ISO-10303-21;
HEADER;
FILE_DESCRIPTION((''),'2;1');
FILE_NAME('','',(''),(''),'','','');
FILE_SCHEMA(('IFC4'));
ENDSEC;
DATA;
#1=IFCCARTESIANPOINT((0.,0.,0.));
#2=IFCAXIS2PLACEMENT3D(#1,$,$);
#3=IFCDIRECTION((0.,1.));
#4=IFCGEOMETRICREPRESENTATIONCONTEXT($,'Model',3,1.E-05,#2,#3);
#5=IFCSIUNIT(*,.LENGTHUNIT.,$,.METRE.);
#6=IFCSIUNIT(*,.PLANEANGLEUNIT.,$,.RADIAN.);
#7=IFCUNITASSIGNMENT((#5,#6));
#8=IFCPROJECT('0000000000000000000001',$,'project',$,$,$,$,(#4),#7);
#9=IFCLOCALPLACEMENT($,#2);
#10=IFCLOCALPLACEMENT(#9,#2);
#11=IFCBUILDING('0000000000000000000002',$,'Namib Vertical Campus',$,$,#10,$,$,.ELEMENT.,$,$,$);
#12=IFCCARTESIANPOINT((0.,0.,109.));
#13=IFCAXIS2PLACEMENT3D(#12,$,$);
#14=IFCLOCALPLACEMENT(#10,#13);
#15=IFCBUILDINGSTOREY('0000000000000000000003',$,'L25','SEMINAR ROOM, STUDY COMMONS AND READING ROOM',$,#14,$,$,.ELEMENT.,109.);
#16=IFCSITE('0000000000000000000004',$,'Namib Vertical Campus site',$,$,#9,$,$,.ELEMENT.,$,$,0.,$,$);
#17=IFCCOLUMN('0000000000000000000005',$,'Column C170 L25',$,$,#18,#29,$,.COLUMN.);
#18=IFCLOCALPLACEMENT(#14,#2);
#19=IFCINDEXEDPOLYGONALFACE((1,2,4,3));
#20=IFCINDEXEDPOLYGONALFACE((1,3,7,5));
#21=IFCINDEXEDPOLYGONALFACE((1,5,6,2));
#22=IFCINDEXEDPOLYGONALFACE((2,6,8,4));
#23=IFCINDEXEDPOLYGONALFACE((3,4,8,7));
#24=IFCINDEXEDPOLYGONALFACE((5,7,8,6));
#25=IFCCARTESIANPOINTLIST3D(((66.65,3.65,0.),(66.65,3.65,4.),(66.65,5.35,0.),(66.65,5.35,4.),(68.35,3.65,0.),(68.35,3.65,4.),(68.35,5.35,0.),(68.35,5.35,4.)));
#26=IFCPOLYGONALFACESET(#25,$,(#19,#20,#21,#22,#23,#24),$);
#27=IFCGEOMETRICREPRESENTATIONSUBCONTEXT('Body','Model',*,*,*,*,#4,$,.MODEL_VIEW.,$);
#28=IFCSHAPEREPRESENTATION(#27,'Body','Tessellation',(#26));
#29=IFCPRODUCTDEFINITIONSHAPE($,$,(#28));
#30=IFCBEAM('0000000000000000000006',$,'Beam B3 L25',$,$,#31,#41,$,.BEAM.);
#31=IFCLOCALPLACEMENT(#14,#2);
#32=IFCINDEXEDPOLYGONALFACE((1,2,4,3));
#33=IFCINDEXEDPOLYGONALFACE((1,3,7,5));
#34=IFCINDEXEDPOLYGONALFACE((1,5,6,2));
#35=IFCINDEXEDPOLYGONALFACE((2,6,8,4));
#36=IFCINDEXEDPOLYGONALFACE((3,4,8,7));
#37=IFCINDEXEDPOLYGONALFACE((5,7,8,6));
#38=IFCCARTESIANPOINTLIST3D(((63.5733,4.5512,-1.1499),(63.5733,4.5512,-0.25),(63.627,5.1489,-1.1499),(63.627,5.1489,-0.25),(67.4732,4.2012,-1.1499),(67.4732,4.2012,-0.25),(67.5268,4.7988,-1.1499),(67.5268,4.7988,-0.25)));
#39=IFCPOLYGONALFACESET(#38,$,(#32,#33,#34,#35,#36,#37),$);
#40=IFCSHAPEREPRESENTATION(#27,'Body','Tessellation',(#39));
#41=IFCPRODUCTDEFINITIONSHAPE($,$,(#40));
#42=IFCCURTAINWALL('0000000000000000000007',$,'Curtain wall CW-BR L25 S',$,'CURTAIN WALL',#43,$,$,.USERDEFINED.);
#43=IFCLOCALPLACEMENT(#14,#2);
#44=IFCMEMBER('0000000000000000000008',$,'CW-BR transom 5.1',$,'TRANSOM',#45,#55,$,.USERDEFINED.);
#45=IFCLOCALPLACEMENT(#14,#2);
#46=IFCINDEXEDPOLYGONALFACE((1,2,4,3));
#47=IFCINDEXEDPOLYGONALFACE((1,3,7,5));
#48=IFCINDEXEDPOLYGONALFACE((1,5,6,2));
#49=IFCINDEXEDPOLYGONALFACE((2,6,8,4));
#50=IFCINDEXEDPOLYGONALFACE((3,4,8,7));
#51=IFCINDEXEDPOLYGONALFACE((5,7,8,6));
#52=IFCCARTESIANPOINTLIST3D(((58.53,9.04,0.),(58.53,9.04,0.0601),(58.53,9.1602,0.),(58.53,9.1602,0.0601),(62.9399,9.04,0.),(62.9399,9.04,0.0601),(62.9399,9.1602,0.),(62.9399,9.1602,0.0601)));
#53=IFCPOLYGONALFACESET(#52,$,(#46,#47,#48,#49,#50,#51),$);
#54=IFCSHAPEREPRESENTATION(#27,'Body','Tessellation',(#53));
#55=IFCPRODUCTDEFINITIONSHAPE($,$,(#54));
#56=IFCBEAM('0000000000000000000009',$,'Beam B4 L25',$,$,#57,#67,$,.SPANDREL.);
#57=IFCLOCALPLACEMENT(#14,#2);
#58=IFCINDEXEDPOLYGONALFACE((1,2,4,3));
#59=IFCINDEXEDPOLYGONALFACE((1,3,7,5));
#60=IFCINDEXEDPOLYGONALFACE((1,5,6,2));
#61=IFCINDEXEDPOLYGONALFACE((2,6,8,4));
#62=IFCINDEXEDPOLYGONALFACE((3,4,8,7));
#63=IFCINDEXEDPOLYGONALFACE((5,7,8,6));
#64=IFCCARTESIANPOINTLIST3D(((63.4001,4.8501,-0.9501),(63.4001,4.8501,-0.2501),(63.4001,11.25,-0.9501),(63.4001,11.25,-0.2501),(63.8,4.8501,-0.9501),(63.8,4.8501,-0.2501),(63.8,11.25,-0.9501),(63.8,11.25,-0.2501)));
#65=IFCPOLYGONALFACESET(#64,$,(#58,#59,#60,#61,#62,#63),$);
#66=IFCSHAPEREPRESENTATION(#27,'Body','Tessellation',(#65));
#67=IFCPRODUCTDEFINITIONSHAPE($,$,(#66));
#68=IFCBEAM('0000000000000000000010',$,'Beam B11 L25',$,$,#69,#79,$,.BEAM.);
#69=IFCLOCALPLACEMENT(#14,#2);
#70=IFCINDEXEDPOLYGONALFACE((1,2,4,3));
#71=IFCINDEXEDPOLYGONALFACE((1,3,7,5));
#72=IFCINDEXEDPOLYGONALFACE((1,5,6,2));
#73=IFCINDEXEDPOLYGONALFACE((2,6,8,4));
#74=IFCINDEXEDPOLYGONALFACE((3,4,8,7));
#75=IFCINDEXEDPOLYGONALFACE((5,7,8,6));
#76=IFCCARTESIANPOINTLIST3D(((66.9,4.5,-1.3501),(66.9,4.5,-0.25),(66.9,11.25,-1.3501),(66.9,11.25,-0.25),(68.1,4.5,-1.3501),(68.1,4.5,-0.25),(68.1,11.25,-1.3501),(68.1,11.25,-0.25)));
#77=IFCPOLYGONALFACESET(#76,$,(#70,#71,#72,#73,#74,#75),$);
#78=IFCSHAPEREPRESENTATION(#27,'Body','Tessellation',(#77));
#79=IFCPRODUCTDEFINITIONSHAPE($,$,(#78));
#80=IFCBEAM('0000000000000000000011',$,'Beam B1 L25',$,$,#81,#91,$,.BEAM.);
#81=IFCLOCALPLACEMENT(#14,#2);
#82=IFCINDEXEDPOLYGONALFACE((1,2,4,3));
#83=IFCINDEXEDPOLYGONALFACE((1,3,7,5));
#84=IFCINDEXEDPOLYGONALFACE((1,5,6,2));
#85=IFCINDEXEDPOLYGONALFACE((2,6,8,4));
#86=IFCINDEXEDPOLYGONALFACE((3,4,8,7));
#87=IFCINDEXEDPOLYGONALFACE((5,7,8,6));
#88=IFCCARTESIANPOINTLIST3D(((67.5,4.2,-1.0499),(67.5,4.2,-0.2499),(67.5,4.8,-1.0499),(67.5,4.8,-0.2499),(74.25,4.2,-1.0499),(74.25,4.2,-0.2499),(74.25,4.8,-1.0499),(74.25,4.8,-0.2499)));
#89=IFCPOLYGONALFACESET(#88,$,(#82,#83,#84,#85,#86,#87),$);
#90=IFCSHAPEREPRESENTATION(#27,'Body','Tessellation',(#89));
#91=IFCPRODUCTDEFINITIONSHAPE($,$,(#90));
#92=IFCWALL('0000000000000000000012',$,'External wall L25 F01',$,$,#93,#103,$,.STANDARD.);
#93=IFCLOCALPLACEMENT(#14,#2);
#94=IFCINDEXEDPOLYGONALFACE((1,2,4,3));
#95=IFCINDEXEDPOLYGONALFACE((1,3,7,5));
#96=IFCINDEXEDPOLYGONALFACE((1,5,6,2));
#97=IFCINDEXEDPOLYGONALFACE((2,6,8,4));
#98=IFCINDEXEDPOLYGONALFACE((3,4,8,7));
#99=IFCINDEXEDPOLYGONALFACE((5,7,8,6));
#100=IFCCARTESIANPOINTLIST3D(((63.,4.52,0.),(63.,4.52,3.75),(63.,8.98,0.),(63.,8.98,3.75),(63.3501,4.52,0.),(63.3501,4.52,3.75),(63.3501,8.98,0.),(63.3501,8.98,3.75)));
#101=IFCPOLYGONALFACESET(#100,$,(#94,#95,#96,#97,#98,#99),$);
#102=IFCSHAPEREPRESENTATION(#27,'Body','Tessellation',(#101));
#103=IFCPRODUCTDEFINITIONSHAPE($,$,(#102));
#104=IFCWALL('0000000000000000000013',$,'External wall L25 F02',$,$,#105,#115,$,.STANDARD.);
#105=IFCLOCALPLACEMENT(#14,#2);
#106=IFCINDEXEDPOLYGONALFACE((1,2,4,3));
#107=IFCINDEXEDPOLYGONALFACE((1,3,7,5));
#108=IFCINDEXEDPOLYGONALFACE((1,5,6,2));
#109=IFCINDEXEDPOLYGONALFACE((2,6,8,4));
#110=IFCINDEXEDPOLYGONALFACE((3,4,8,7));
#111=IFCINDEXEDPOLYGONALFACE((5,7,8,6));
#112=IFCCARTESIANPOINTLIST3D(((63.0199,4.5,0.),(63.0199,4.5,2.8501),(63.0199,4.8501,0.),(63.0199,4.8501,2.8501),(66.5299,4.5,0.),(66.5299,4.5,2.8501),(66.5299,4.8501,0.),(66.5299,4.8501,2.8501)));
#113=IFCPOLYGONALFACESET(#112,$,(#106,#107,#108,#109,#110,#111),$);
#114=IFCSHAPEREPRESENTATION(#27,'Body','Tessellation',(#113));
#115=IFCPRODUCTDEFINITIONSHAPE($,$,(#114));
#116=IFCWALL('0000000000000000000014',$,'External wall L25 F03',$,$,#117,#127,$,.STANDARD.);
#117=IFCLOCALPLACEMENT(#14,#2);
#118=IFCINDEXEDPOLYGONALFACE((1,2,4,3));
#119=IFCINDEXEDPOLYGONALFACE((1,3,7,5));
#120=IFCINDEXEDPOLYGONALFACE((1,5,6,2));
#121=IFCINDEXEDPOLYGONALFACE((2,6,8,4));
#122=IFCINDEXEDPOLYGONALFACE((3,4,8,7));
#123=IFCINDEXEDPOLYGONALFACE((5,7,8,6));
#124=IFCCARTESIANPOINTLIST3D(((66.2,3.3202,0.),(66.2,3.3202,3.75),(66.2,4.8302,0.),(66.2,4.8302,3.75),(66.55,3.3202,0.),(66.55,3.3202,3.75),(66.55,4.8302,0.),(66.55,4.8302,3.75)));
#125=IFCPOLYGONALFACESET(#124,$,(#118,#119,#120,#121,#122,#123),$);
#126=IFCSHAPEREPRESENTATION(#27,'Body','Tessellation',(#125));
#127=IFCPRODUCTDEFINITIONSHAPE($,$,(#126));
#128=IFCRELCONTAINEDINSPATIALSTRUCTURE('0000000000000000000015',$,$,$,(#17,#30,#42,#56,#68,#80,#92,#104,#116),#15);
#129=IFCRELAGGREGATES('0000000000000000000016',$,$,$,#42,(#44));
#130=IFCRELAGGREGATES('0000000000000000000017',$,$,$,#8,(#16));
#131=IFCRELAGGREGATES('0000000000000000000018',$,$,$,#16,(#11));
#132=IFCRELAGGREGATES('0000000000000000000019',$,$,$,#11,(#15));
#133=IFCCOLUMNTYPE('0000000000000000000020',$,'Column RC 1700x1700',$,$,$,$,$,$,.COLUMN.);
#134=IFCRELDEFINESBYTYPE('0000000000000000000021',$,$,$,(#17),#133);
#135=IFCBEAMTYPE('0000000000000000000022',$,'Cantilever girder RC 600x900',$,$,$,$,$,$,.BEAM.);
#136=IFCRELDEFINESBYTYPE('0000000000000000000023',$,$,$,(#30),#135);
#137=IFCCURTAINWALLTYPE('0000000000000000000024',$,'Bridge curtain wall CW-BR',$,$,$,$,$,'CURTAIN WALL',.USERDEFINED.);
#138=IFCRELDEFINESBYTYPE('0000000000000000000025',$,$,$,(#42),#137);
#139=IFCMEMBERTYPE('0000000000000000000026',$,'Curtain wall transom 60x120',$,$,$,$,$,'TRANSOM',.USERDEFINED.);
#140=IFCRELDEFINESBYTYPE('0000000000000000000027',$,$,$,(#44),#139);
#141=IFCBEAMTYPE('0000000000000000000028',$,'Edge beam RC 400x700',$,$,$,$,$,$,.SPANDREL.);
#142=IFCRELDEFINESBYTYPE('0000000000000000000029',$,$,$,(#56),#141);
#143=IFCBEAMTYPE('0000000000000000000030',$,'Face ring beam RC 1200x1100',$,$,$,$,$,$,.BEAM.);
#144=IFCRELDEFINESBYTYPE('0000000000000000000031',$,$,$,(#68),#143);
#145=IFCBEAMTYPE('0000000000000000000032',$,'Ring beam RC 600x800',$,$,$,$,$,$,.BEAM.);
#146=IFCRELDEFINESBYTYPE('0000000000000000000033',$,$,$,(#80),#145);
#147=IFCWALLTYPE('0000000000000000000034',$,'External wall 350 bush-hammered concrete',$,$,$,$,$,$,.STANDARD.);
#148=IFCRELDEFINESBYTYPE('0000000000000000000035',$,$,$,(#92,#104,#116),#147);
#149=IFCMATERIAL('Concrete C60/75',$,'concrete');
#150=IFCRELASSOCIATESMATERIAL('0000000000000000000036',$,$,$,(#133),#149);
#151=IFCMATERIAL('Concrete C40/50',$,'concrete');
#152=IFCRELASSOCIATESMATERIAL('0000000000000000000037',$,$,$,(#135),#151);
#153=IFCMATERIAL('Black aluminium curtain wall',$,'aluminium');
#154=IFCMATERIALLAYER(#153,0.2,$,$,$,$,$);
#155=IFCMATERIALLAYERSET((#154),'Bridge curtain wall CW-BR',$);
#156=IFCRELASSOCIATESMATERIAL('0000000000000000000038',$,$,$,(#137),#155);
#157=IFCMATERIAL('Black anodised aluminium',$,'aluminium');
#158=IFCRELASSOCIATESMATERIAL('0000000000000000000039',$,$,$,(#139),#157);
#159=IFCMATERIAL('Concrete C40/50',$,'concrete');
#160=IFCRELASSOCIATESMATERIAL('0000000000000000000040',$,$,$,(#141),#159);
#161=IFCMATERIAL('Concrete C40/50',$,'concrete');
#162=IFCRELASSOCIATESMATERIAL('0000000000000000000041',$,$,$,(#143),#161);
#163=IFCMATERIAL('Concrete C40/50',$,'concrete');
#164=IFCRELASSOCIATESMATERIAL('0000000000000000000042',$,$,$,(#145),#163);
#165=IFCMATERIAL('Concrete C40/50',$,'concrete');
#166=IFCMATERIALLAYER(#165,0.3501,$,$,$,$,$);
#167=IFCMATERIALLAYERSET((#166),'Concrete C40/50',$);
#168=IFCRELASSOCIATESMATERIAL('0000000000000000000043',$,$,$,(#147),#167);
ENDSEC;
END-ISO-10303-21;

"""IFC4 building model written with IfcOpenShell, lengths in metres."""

from ifc_helpers import new_model, si_unit, direction, frame, frame_2d, origin, origin_2d, place, context, subcontext, project, spatial, rectangle, extrude, material, layer, layer_set, material_profile, profile_set, type_object, element, aggregate, save


model = new_model("IFC4")

# Units and contexts
model_context = context("Model", 3, precision=1e-05, world=origin(), true_north=direction((0.0, 1.0)))
body_context = subcontext(model_context, "Body", "Model", "MODEL_VIEW")
ifc_project = project(units=[si_unit("LENGTHUNIT", "METRE"), si_unit("PLANEANGLEUNIT", "RADIAN")], contexts=[model_context])

# Site, building, storey
site_placement = place(None, origin())
site = spatial("IfcSite", under=ifc_project, at=site_placement, Name="Namib Vertical Campus site", CompositionType="ELEMENT", RefElevation=0.0)
building_placement = place(site_placement, origin())
building = spatial("IfcBuilding", under=site, at=building_placement, Name="Namib Vertical Campus", CompositionType="ELEMENT")
storey_placement = place(building_placement, frame((0.0, 0.0, 109.0)))
storey = spatial("IfcBuildingStorey", under=building, at=storey_placement, Name="L25", Description="SEMINAR ROOM, STUDY COMMONS AND READING ROOM", CompositionType="ELEMENT", Elevation=109.0)

# Column
ifc_material_1 = material(Name="Concrete C60/75", Category="concrete")
ifc_material_profile_1 = material_profile(ifc_material_1, rectangle(XDim=1.7, YDim=1.7, at=origin_2d()))
ifc_profile_set_1 = profile_set([ifc_material_profile_1], Name="Concrete C60/75")
column_type = type_object("IfcColumnType", Name="Column RC 1700x1700", PredefinedType="COLUMN", material=ifc_profile_set_1)
column_placement = place(storey_placement, frame((67.5, 4.5, 0.0), z_axis=(0.0, 0.0, 1.0), x_axis=(1.0, 0.0, 0.0)))
element("IfcColumn", 1, at=column_placement, inside=storey, type_object=column_type, Name="Column C170 L25", PredefinedType="COLUMN", context=body_context, shape_type="SweptSolid", body=[
    extrude(rectangle(XDim=1.7, YDim=1.7, at=origin_2d()), origin(), (0.0, 0.0, 1.0), 4.0),
])

# Beam
ifc_material_2 = material(Name="Concrete C40/50", Category="concrete")
ifc_material_profile_2 = material_profile(ifc_material_2, rectangle(XDim=0.6001, YDim=0.8999, at=origin_2d()))
ifc_profile_set_2 = profile_set([ifc_material_profile_2], Name="Concrete C40/50")
beam_type_1 = type_object("IfcBeamType", Name="Cantilever girder RC 600x900", PredefinedType="BEAM", material=ifc_profile_set_2)
beam_1_placement = place(storey_placement, frame((67.5, 4.5, -0.7), z_axis=(-0.995995, 0.089411, 0.0), x_axis=(-0.089411, -0.995995, 0.0)))
element("IfcBeam", 2, at=beam_1_placement, inside=storey, type_object=beam_type_1, Name="Beam B3 L25", PredefinedType="BEAM", context=body_context, shape_type="SweptSolid", body=[
    extrude(rectangle(XDim=0.6001, YDim=0.8999, at=origin_2d()), origin(), (0.0, 0.0, 1.0), 3.9155),
])

# Curtain wall, member
ifc_material_3 = material(Name="Black aluminium curtain wall", Category="aluminium")
ifc_layer_1 = layer(ifc_material_3, 0.2)
ifc_layer_set_1 = layer_set([ifc_layer_1], Name="Bridge curtain wall CW-BR")
curtain_wall_type = type_object("IfcCurtainWallType", Name="Bridge curtain wall CW-BR", ElementType="CURTAIN WALL", PredefinedType="USERDEFINED", material=ifc_layer_set_1)
curtain_wall_placement = place(storey_placement, origin())
curtain_wall = element("IfcCurtainWall", 3, at=curtain_wall_placement, inside=storey, type_object=curtain_wall_type, Name="Curtain wall CW-BR L25 S", ObjectType="CURTAIN WALL", PredefinedType="USERDEFINED")
ifc_material_4 = material(Name="Black anodised aluminium", Category="aluminium")
ifc_material_profile_3 = material_profile(ifc_material_4, rectangle(XDim=0.0601, YDim=0.1201, at=origin_2d()))
ifc_profile_set_3 = profile_set([ifc_material_profile_3], Name="Black anodised aluminium")
member_type = type_object("IfcMemberType", Name="Curtain wall transom 60x120", ElementType="TRANSOM", PredefinedType="USERDEFINED", material=ifc_profile_set_3)
member_placement = place(storey_placement, frame((58.53, 9.1001, 0.03), z_axis=(1.0, 0.0, 0.0), x_axis=(0.0, 0.0, 1.0)))
member = element("IfcMember", 4, at=member_placement, type_object=member_type, Name="CW-BR transom 5.1", ObjectType="TRANSOM", PredefinedType="USERDEFINED", context=body_context, shape_type="SweptSolid", body=[
    extrude(rectangle(XDim=0.0601, YDim=0.1201, at=origin_2d()), origin(), (0.0, 0.0, 1.0), 4.4099),
])
aggregate(curtain_wall, [member])

# Beams
ifc_material_5 = material(Name="Concrete C40/50", Category="concrete")
ifc_material_profile_4 = material_profile(ifc_material_5, rectangle(XDim=0.3999, YDim=0.7, at=origin_2d()))
ifc_profile_set_4 = profile_set([ifc_material_profile_4], Name="Concrete C40/50")
beam_type_2 = type_object("IfcBeamType", Name="Edge beam RC 400x700", PredefinedType="SPANDREL", material=ifc_profile_set_4)
beam_2_placement = place(storey_placement, frame((63.6001, 4.8501, -0.6001), z_axis=(0.0, 1.0, 0.0), x_axis=(-1.0, 0.0, 0.0)))
element("IfcBeam", 5, at=beam_2_placement, inside=storey, type_object=beam_type_2, Name="Beam B4 L25", PredefinedType="SPANDREL", context=body_context, shape_type="SweptSolid", body=[
    extrude(rectangle(XDim=0.3999, YDim=0.7, at=origin_2d()), origin(), (0.0, 0.0, 1.0), 6.3999),
])
ifc_material_6 = material(Name="Concrete C40/50", Category="concrete")
ifc_material_profile_5 = material_profile(ifc_material_6, rectangle(XDim=1.2, YDim=1.1001, at=origin_2d()))
ifc_profile_set_5 = profile_set([ifc_material_profile_5], Name="Concrete C40/50")
beam_type_3 = type_object("IfcBeamType", Name="Face ring beam RC 1200x1100", PredefinedType="BEAM", material=ifc_profile_set_5)
beam_3_placement = place(storey_placement, frame((67.5, 4.5, -0.8), z_axis=(0.0, 1.0, 0.0), x_axis=(-1.0, 0.0, 0.0)))
element("IfcBeam", 6, at=beam_3_placement, inside=storey, type_object=beam_type_3, Name="Beam B11 L25", PredefinedType="BEAM", context=body_context, shape_type="SweptSolid", body=[
    extrude(rectangle(XDim=1.2, YDim=1.1001, at=origin_2d()), origin(), (0.0, 0.0, 1.0), 6.75),
])
ifc_material_7 = material(Name="Concrete C40/50", Category="concrete")
ifc_material_profile_6 = material_profile(ifc_material_7, rectangle(XDim=0.6001, YDim=0.8, at=origin_2d()))
ifc_profile_set_6 = profile_set([ifc_material_profile_6], Name="Concrete C40/50")
beam_type_4 = type_object("IfcBeamType", Name="Ring beam RC 600x800", PredefinedType="BEAM", material=ifc_profile_set_6)
beam_4_placement = place(storey_placement, frame((67.5, 4.5, -0.6499), z_axis=(1.0, 0.0, 0.0), x_axis=(0.0, 1.0, 0.0)))
element("IfcBeam", 7, at=beam_4_placement, inside=storey, type_object=beam_type_4, Name="Beam B1 L25", PredefinedType="BEAM", context=body_context, shape_type="SweptSolid", body=[
    extrude(rectangle(XDim=0.6001, YDim=0.8, at=origin_2d()), origin(), (0.0, 0.0, 1.0), 6.75),
])

# Walls
ifc_material_8 = material(Name="Concrete C40/50", Category="concrete")
ifc_layer_2 = layer(ifc_material_8, 0.3501)
ifc_layer_set_2 = layer_set([ifc_layer_2], Name="Concrete C40/50")
wall_type_1 = type_object("IfcWallType", Name="External wall 350 bush-hammered concrete", PredefinedType="STANDARD", material=ifc_layer_set_2)
wall_1_placement = place(storey_placement, frame((63.175, 8.98, 0.0), z_axis=(0.0, 0.0, 1.0), x_axis=(0.0, -1.0, 0.0)))
element("IfcWall", 8, at=wall_1_placement, inside=storey, type_object=wall_type_1, Name="External wall L25 F01", PredefinedType="STANDARD", context=body_context, shape_type="SweptSolid", body=[
    extrude(rectangle(XDim=4.46, YDim=0.3501, at=frame_2d((2.23, 0.0))), origin(), (0.0, 0.0, 1.0), 3.75),
])
wall_2_placement = place(storey_placement, frame((63.02, 4.675, 0.0), z_axis=(0.0, 0.0, 1.0), x_axis=(1.0, 0.0, 0.0)))
element("IfcWall", 9, at=wall_2_placement, inside=storey, type_object=wall_type_1, Name="External wall L25 F02", PredefinedType="STANDARD", context=body_context, shape_type="SweptSolid", body=[
    extrude(rectangle(XDim=3.51, YDim=0.3501, at=frame_2d((1.7549, 0.0))), origin(), (0.0, 0.0, 1.0), 2.8501),
])
wall_3_placement = place(storey_placement, frame((66.375, 4.8301, 0.0), z_axis=(0.0, 0.0, 1.0), x_axis=(0.0, -1.0, 0.0)))
element("IfcWall", 10, at=wall_3_placement, inside=storey, type_object=wall_type_1, Name="External wall L25 F03", PredefinedType="STANDARD", context=body_context, shape_type="SweptSolid", body=[
    extrude(rectangle(XDim=1.51, YDim=0.3501, at=frame_2d((0.7549, 0.0))), origin(), (0.0, 0.0, 1.0), 3.75),
])

save(model, "model.ifc")
